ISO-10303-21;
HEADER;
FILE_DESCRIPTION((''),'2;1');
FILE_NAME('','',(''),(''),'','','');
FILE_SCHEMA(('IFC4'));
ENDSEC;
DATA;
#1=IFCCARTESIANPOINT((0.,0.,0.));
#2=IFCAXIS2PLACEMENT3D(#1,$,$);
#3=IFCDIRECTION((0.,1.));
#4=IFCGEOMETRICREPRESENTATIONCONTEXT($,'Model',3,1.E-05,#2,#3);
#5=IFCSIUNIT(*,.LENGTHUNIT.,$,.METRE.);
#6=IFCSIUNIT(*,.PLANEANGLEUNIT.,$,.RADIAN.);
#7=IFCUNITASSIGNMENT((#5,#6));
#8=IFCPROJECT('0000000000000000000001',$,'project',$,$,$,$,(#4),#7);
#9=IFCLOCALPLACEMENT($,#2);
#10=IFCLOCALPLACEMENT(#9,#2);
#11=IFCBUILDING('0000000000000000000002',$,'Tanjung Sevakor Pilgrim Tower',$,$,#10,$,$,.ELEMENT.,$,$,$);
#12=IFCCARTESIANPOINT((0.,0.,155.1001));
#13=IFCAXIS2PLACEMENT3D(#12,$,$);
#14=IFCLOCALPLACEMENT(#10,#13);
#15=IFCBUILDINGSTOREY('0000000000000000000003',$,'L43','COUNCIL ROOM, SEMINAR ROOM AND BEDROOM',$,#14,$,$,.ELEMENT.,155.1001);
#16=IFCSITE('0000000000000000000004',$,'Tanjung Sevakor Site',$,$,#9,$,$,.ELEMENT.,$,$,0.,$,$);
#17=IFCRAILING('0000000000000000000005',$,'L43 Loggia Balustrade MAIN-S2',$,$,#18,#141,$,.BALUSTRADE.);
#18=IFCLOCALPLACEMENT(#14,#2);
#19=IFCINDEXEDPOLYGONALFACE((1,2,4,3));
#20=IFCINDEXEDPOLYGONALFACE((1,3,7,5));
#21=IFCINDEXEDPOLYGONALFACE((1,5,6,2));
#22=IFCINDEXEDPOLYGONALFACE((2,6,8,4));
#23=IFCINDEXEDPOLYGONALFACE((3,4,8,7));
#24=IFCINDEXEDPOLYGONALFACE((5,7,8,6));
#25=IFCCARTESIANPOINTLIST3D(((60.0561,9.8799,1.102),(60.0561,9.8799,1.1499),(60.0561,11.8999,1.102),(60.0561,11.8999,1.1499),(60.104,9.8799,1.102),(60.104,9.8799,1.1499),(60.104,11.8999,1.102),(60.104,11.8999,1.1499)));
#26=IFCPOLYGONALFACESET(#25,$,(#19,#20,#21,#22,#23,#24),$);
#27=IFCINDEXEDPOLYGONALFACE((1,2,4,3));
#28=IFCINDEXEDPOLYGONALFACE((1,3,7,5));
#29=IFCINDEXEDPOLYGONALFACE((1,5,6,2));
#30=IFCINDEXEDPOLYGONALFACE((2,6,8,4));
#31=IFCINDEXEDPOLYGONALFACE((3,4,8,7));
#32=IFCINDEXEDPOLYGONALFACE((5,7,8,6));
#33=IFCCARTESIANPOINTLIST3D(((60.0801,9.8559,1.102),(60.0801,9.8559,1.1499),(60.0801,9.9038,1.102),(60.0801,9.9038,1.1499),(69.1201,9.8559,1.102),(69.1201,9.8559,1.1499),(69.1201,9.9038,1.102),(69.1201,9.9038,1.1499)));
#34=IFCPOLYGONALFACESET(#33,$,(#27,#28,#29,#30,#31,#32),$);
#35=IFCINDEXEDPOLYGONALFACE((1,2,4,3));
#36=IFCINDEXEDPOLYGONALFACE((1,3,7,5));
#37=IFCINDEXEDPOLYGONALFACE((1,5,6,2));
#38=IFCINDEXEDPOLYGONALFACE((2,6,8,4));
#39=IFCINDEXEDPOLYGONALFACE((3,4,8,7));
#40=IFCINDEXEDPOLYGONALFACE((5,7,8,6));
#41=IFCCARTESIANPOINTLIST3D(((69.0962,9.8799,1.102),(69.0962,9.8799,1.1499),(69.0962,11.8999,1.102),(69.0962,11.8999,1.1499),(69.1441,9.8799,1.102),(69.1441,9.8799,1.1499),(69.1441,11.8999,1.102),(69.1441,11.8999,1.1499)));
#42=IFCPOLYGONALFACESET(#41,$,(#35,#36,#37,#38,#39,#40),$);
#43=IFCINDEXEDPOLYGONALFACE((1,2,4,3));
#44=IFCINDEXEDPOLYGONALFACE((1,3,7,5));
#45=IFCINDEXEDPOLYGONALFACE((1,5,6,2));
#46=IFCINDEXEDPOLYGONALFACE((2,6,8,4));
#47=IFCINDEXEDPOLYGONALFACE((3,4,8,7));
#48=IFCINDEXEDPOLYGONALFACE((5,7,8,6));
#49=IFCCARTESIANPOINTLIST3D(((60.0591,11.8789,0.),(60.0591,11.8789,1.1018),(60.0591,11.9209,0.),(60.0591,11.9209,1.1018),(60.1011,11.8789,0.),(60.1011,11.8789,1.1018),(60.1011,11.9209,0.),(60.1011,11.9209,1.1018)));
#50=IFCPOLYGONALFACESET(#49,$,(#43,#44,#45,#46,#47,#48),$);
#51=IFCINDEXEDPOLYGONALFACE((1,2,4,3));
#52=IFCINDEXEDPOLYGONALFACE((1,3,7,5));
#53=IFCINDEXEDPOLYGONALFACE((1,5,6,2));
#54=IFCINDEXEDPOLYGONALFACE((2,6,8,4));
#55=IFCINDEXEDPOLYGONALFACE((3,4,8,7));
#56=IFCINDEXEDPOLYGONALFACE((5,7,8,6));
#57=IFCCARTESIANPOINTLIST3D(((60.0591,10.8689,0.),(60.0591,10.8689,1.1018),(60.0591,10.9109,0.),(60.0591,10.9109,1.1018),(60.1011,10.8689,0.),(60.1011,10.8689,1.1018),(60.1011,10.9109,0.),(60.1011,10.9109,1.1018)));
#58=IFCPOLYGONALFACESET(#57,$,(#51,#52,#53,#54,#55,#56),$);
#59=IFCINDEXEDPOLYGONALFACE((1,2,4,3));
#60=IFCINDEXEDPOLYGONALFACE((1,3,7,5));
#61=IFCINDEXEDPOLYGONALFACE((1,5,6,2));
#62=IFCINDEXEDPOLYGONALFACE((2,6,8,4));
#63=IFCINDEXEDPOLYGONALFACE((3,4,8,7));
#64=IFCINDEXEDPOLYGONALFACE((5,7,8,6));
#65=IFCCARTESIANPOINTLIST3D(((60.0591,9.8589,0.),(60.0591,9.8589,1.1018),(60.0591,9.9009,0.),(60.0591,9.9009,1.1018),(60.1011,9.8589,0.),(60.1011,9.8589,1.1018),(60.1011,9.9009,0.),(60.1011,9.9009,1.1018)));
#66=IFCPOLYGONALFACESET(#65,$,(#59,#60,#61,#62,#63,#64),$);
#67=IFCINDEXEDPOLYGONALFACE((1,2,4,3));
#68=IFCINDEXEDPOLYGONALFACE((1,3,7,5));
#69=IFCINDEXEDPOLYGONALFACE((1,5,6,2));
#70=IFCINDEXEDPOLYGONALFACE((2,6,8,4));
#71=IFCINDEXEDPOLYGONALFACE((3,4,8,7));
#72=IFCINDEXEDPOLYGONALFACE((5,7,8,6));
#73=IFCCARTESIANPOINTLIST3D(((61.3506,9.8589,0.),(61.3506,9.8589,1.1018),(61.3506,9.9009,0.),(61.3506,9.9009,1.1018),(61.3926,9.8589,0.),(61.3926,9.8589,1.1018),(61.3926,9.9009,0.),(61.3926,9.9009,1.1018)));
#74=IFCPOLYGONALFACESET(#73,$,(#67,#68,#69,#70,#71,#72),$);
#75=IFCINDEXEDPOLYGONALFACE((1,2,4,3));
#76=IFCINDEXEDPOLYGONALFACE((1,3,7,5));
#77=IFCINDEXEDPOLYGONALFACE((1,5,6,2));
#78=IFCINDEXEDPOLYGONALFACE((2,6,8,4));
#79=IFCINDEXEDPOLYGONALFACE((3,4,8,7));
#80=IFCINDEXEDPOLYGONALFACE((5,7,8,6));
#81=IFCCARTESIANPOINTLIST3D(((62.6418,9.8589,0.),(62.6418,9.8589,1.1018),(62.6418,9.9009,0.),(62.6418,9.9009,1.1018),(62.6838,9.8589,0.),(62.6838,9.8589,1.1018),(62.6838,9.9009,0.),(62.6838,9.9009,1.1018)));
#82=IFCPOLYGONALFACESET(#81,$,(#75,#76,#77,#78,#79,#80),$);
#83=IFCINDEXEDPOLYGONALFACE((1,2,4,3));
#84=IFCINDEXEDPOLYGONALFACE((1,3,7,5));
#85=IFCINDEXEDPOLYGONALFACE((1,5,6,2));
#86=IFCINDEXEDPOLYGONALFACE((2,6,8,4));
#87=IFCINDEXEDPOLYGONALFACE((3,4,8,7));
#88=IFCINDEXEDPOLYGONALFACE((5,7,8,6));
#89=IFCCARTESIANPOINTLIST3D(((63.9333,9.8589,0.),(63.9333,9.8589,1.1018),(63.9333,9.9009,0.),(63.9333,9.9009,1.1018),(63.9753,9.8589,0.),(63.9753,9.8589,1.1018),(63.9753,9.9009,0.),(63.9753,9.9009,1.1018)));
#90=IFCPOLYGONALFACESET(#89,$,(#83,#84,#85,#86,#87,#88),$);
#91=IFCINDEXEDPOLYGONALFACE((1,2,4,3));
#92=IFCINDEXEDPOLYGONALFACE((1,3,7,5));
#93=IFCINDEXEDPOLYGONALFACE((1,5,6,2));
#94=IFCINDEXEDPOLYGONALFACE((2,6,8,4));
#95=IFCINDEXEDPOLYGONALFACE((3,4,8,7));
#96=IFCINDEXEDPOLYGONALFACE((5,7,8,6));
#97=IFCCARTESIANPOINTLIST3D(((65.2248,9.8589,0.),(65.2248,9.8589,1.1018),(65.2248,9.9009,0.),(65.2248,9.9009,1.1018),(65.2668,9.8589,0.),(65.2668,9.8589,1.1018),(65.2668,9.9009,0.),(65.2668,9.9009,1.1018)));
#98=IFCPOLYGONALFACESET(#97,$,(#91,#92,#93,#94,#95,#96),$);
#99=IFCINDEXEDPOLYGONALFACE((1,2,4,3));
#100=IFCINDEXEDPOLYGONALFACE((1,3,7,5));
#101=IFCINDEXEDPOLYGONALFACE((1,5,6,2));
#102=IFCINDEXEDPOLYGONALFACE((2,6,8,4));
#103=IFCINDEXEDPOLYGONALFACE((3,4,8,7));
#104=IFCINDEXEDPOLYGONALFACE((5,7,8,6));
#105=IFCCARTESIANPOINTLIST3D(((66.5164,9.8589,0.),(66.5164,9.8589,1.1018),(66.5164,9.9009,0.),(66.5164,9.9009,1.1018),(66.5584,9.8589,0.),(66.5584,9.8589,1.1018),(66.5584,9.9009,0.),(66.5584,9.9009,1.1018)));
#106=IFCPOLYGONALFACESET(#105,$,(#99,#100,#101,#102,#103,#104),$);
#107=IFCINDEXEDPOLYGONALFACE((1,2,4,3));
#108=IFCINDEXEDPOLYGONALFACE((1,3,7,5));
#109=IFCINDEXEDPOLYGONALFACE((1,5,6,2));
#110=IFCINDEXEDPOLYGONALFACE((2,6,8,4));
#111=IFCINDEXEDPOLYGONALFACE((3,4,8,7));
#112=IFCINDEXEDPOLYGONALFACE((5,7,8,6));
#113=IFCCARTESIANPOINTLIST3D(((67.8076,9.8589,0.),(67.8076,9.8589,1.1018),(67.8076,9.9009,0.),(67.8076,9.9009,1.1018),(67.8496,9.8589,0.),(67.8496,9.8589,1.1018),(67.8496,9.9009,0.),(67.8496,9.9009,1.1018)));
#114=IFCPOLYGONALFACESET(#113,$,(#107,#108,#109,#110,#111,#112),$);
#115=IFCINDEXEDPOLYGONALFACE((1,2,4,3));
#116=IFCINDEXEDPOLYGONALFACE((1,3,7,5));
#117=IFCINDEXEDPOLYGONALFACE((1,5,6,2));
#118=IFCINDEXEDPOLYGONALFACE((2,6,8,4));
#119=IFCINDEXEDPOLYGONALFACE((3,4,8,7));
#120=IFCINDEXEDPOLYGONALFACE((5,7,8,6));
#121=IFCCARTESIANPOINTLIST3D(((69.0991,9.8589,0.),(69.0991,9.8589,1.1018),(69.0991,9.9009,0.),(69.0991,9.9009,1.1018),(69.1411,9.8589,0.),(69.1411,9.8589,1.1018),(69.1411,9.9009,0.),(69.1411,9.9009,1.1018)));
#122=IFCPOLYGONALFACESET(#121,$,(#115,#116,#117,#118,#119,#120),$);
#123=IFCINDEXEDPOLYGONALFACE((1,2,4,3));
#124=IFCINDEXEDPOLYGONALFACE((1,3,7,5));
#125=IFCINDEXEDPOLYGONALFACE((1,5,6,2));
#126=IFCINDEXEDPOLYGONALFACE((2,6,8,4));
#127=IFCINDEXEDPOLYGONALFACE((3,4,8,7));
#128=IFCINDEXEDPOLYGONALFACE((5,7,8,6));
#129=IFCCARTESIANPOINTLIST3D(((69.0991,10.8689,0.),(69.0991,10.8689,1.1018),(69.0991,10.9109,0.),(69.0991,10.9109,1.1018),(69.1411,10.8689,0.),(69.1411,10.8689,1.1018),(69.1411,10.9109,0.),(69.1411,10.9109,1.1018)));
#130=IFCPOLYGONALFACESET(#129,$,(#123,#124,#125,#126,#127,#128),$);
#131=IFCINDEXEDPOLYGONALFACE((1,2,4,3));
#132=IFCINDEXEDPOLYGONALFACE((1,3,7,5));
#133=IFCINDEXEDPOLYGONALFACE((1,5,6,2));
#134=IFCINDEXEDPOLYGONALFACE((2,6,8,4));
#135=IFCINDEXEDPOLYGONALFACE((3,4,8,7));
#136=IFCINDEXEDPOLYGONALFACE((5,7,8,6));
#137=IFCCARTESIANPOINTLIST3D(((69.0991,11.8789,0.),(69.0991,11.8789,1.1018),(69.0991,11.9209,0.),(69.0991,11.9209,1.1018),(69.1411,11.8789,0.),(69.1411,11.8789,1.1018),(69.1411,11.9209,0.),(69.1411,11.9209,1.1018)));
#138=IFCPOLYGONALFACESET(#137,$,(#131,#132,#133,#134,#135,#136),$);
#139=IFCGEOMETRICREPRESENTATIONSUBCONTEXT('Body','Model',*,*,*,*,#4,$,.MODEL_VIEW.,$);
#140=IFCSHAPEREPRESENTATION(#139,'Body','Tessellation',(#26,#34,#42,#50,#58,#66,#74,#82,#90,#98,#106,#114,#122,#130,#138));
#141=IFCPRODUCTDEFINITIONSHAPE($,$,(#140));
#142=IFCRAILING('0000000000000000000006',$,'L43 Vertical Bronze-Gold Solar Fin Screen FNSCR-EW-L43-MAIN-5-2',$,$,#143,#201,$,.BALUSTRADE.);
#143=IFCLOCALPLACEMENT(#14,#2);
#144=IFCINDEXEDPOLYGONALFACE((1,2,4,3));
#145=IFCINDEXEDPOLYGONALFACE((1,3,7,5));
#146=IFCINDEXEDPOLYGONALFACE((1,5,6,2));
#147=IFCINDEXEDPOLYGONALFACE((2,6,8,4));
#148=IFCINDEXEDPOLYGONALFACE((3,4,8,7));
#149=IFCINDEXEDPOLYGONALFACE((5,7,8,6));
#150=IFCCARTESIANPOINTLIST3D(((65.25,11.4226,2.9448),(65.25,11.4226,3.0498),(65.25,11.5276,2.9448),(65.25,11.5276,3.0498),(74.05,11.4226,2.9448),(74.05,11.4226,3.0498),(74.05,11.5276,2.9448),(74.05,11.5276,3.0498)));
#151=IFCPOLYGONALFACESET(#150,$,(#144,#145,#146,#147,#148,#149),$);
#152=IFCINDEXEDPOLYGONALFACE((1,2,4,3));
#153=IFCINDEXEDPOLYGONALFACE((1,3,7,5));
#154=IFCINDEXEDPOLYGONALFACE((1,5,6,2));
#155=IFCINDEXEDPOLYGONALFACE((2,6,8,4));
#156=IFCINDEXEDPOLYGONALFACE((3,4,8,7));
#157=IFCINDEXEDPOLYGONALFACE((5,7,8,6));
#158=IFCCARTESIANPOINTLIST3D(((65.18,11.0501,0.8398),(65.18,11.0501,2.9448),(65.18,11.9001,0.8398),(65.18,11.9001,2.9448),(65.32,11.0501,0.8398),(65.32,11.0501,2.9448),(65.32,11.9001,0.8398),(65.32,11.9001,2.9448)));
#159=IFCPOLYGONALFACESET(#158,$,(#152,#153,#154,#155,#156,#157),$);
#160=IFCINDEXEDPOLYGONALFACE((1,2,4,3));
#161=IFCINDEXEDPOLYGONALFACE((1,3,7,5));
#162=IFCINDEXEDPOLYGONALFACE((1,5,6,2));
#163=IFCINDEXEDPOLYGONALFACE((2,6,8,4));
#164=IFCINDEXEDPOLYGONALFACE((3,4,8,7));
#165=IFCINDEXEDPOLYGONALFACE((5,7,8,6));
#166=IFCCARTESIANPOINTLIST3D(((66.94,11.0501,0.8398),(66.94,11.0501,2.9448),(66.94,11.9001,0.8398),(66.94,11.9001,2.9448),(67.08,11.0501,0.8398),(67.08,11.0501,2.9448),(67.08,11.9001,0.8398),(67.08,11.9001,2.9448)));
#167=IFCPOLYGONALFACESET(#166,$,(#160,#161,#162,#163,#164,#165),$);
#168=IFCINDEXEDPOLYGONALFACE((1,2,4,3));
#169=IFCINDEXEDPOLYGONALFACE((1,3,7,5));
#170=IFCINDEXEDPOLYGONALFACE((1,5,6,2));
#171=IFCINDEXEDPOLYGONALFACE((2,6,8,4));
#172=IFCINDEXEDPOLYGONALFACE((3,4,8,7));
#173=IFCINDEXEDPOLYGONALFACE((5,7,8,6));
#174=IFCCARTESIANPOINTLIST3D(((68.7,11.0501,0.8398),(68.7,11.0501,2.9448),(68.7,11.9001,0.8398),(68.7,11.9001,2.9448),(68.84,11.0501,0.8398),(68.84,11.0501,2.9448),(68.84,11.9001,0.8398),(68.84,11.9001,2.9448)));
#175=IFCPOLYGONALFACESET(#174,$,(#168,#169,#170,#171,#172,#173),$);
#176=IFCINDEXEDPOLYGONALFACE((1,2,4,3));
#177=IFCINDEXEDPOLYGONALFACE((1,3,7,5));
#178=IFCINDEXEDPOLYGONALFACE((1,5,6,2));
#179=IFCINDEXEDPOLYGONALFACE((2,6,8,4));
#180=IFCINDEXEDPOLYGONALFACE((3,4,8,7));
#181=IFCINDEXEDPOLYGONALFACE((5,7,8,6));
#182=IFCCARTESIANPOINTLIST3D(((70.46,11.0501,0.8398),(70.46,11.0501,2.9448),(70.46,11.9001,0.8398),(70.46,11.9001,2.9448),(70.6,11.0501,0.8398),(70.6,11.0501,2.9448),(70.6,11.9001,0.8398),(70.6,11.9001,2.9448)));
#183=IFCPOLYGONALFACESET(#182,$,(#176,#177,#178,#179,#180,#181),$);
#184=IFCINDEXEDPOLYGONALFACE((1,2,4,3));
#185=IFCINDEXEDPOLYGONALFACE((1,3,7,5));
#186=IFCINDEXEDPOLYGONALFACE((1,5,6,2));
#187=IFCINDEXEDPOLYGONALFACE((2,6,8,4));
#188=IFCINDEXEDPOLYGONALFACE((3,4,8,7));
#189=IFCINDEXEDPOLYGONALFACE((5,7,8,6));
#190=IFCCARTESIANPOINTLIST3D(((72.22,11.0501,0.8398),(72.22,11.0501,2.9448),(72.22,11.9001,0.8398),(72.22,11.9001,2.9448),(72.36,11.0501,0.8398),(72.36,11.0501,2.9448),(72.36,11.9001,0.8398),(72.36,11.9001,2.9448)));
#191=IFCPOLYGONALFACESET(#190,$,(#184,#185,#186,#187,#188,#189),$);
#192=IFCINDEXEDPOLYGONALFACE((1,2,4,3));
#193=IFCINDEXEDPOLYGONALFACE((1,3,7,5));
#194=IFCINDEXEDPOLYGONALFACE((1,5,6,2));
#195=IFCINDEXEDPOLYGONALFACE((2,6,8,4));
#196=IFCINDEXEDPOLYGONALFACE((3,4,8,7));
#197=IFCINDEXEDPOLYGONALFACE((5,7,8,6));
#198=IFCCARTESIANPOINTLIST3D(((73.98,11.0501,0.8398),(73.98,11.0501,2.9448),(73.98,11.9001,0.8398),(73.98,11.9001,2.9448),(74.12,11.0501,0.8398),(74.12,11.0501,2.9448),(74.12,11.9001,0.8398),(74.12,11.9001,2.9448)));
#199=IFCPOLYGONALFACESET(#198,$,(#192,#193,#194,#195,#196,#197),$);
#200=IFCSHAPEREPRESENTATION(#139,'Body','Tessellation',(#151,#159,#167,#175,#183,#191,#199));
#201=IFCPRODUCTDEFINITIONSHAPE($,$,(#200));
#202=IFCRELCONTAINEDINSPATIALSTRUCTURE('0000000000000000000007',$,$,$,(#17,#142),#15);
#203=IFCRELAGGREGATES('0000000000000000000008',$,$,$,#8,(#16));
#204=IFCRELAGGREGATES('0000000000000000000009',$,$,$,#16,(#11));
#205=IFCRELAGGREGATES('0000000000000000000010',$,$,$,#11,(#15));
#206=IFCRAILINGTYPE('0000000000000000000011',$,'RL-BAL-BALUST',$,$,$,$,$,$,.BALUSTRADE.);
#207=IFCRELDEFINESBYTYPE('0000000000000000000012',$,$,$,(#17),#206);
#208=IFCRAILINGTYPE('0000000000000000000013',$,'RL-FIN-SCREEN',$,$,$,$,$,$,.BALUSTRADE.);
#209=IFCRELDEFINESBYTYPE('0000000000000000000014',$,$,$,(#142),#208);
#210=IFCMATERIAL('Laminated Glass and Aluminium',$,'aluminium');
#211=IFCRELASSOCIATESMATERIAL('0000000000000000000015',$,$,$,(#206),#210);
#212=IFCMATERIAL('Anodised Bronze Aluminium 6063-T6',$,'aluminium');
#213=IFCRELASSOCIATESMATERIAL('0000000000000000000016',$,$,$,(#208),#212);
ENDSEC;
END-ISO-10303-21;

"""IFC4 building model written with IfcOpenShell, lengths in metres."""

from ifc_helpers import new_model, si_unit, direction, frame, origin, place, context, subcontext, project, spatial, rectangle, extrude, material, type_object, element, save


model = new_model("IFC4")

# Units and contexts
model_context = context("Model", 3, precision=1e-05, world=origin(), true_north=direction((0.0, 1.0)))
body_context = subcontext(model_context, "Body", "Model", "MODEL_VIEW")
ifc_project = project(units=[si_unit("LENGTHUNIT", "METRE"), si_unit("PLANEANGLEUNIT", "RADIAN")], contexts=[model_context])

# Site, building, storey
site_placement = place(None, origin())
site = spatial("IfcSite", under=ifc_project, at=site_placement, Name="Tanjung Sevakor Site", CompositionType="ELEMENT", RefElevation=0.0)
building_placement = place(site_placement, origin())
building = spatial("IfcBuilding", under=site, at=building_placement, Name="Tanjung Sevakor Pilgrim Tower", CompositionType="ELEMENT")
storey_placement = place(building_placement, frame((0.0, 0.0, 155.1001)))
storey = spatial("IfcBuildingStorey", under=building, at=storey_placement, Name="L43", Description="COUNCIL ROOM, SEMINAR ROOM AND BEDROOM", CompositionType="ELEMENT", Elevation=155.1001)

# Railings
ifc_material_1 = material(Name="Laminated Glass and Aluminium", Category="aluminium")
railing_type_1 = type_object("IfcRailingType", Name="RL-BAL-BALUST", PredefinedType="BALUSTRADE", material=ifc_material_1)
railing_1_placement = place(storey_placement, frame((60.0801, 11.8999, 0.0)))
element("IfcRailing", 1, at=railing_1_placement, inside=storey, type_object=railing_type_1, Name="L43 Loggia Balustrade MAIN-S2", PredefinedType="BALUSTRADE", context=body_context, shape_type="SweptSolid", body=[
    extrude(rectangle(XDim=0.0479, YDim=0.0479), frame((0.0, 0.0, 1.126), z_axis=(0.0, -1.0, 0.0), x_axis=(1.0, 0.0, 0.0)), (0.0, 0.0, 1.0), 2.02),
    extrude(rectangle(XDim=0.0479, YDim=0.0479), frame((0.0, -2.02, 1.126), z_axis=(1.0, 0.0, 0.0), x_axis=(0.0, 1.0, 0.0)), (0.0, 0.0, 1.0), 9.04),
    extrude(rectangle(XDim=0.0479, YDim=0.0479), frame((9.04, -2.02, 1.126), z_axis=(0.0, 1.0, 0.0), x_axis=(-1.0, 0.0, 0.0)), (0.0, 0.0, 1.0), 2.02),
    extrude(rectangle(XDim=0.042, YDim=0.042), origin(), (0.0, 0.0, 1.0), 1.1018),
    extrude(rectangle(XDim=0.042, YDim=0.042), frame((0.0, -1.01, 0.0)), (0.0, 0.0, 1.0), 1.1018),
    extrude(rectangle(XDim=0.042, YDim=0.042), frame((0.0, -2.02, 0.0)), (0.0, 0.0, 1.0), 1.1018),
    extrude(rectangle(XDim=0.042, YDim=0.042), frame((1.2915, -2.02, 0.0)), (0.0, 0.0, 1.0), 1.1018),
    extrude(rectangle(XDim=0.042, YDim=0.042), frame((2.5828, -2.02, 0.0)), (0.0, 0.0, 1.0), 1.1018),
    extrude(rectangle(XDim=0.042, YDim=0.042), frame((3.8743, -2.02, 0.0)), (0.0, 0.0, 1.0), 1.1018),
    extrude(rectangle(XDim=0.042, YDim=0.042), frame((5.1658, -2.02, 0.0)), (0.0, 0.0, 1.0), 1.1018),
    extrude(rectangle(XDim=0.042, YDim=0.042), frame((6.4573, -2.02, 0.0)), (0.0, 0.0, 1.0), 1.1018),
    extrude(rectangle(XDim=0.042, YDim=0.042), frame((7.7485, -2.02, 0.0)), (0.0, 0.0, 1.0), 1.1018),
    extrude(rectangle(XDim=0.042, YDim=0.042), frame((9.04, -2.02, 0.0)), (0.0, 0.0, 1.0), 1.1018),
    extrude(rectangle(XDim=0.042, YDim=0.042), frame((9.04, -1.01, 0.0)), (0.0, 0.0, 1.0), 1.1018),
    extrude(rectangle(XDim=0.042, YDim=0.042), frame((9.04, 0.0, 0.0)), (0.0, 0.0, 1.0), 1.1018),
])
ifc_material_2 = material(Name="Anodised Bronze Aluminium 6063-T6", Category="aluminium")
railing_type_2 = type_object("IfcRailingType", Name="RL-FIN-SCREEN", PredefinedType="BALUSTRADE", material=ifc_material_2)
railing_2_placement = place(storey_placement, frame((65.25, 11.4751, 0.8398)))
element("IfcRailing", 2, at=railing_2_placement, inside=storey, type_object=railing_type_2, Name="L43 Vertical Bronze-Gold Solar Fin Screen FNSCR-EW-L43-MAIN-5-2", PredefinedType="BALUSTRADE", context=body_context, shape_type="SweptSolid", body=[
    extrude(rectangle(XDim=0.105, YDim=0.105), frame((0.0, 0.0, 2.1575), z_axis=(1.0, 0.0, 0.0), x_axis=(0.0, 1.0, 0.0)), (0.0, 0.0, 1.0), 8.8),
    extrude(rectangle(XDim=0.14, YDim=0.85), origin(), (0.0, 0.0, 1.0), 2.105),
    extrude(rectangle(XDim=0.14, YDim=0.85), frame((1.76, 0.0, 0.0)), (0.0, 0.0, 1.0), 2.105),
    extrude(rectangle(XDim=0.14, YDim=0.85), frame((3.52, 0.0, 0.0)), (0.0, 0.0, 1.0), 2.105),
    extrude(rectangle(XDim=0.14, YDim=0.85), frame((5.28, 0.0, 0.0)), (0.0, 0.0, 1.0), 2.105),
    extrude(rectangle(XDim=0.14, YDim=0.85), frame((7.04, 0.0, 0.0)), (0.0, 0.0, 1.0), 2.105),
    extrude(rectangle(XDim=0.14, YDim=0.85), frame((8.8, 0.0, 0.0)), (0.0, 0.0, 1.0), 2.105),
])

save(model, "model.ifc")
